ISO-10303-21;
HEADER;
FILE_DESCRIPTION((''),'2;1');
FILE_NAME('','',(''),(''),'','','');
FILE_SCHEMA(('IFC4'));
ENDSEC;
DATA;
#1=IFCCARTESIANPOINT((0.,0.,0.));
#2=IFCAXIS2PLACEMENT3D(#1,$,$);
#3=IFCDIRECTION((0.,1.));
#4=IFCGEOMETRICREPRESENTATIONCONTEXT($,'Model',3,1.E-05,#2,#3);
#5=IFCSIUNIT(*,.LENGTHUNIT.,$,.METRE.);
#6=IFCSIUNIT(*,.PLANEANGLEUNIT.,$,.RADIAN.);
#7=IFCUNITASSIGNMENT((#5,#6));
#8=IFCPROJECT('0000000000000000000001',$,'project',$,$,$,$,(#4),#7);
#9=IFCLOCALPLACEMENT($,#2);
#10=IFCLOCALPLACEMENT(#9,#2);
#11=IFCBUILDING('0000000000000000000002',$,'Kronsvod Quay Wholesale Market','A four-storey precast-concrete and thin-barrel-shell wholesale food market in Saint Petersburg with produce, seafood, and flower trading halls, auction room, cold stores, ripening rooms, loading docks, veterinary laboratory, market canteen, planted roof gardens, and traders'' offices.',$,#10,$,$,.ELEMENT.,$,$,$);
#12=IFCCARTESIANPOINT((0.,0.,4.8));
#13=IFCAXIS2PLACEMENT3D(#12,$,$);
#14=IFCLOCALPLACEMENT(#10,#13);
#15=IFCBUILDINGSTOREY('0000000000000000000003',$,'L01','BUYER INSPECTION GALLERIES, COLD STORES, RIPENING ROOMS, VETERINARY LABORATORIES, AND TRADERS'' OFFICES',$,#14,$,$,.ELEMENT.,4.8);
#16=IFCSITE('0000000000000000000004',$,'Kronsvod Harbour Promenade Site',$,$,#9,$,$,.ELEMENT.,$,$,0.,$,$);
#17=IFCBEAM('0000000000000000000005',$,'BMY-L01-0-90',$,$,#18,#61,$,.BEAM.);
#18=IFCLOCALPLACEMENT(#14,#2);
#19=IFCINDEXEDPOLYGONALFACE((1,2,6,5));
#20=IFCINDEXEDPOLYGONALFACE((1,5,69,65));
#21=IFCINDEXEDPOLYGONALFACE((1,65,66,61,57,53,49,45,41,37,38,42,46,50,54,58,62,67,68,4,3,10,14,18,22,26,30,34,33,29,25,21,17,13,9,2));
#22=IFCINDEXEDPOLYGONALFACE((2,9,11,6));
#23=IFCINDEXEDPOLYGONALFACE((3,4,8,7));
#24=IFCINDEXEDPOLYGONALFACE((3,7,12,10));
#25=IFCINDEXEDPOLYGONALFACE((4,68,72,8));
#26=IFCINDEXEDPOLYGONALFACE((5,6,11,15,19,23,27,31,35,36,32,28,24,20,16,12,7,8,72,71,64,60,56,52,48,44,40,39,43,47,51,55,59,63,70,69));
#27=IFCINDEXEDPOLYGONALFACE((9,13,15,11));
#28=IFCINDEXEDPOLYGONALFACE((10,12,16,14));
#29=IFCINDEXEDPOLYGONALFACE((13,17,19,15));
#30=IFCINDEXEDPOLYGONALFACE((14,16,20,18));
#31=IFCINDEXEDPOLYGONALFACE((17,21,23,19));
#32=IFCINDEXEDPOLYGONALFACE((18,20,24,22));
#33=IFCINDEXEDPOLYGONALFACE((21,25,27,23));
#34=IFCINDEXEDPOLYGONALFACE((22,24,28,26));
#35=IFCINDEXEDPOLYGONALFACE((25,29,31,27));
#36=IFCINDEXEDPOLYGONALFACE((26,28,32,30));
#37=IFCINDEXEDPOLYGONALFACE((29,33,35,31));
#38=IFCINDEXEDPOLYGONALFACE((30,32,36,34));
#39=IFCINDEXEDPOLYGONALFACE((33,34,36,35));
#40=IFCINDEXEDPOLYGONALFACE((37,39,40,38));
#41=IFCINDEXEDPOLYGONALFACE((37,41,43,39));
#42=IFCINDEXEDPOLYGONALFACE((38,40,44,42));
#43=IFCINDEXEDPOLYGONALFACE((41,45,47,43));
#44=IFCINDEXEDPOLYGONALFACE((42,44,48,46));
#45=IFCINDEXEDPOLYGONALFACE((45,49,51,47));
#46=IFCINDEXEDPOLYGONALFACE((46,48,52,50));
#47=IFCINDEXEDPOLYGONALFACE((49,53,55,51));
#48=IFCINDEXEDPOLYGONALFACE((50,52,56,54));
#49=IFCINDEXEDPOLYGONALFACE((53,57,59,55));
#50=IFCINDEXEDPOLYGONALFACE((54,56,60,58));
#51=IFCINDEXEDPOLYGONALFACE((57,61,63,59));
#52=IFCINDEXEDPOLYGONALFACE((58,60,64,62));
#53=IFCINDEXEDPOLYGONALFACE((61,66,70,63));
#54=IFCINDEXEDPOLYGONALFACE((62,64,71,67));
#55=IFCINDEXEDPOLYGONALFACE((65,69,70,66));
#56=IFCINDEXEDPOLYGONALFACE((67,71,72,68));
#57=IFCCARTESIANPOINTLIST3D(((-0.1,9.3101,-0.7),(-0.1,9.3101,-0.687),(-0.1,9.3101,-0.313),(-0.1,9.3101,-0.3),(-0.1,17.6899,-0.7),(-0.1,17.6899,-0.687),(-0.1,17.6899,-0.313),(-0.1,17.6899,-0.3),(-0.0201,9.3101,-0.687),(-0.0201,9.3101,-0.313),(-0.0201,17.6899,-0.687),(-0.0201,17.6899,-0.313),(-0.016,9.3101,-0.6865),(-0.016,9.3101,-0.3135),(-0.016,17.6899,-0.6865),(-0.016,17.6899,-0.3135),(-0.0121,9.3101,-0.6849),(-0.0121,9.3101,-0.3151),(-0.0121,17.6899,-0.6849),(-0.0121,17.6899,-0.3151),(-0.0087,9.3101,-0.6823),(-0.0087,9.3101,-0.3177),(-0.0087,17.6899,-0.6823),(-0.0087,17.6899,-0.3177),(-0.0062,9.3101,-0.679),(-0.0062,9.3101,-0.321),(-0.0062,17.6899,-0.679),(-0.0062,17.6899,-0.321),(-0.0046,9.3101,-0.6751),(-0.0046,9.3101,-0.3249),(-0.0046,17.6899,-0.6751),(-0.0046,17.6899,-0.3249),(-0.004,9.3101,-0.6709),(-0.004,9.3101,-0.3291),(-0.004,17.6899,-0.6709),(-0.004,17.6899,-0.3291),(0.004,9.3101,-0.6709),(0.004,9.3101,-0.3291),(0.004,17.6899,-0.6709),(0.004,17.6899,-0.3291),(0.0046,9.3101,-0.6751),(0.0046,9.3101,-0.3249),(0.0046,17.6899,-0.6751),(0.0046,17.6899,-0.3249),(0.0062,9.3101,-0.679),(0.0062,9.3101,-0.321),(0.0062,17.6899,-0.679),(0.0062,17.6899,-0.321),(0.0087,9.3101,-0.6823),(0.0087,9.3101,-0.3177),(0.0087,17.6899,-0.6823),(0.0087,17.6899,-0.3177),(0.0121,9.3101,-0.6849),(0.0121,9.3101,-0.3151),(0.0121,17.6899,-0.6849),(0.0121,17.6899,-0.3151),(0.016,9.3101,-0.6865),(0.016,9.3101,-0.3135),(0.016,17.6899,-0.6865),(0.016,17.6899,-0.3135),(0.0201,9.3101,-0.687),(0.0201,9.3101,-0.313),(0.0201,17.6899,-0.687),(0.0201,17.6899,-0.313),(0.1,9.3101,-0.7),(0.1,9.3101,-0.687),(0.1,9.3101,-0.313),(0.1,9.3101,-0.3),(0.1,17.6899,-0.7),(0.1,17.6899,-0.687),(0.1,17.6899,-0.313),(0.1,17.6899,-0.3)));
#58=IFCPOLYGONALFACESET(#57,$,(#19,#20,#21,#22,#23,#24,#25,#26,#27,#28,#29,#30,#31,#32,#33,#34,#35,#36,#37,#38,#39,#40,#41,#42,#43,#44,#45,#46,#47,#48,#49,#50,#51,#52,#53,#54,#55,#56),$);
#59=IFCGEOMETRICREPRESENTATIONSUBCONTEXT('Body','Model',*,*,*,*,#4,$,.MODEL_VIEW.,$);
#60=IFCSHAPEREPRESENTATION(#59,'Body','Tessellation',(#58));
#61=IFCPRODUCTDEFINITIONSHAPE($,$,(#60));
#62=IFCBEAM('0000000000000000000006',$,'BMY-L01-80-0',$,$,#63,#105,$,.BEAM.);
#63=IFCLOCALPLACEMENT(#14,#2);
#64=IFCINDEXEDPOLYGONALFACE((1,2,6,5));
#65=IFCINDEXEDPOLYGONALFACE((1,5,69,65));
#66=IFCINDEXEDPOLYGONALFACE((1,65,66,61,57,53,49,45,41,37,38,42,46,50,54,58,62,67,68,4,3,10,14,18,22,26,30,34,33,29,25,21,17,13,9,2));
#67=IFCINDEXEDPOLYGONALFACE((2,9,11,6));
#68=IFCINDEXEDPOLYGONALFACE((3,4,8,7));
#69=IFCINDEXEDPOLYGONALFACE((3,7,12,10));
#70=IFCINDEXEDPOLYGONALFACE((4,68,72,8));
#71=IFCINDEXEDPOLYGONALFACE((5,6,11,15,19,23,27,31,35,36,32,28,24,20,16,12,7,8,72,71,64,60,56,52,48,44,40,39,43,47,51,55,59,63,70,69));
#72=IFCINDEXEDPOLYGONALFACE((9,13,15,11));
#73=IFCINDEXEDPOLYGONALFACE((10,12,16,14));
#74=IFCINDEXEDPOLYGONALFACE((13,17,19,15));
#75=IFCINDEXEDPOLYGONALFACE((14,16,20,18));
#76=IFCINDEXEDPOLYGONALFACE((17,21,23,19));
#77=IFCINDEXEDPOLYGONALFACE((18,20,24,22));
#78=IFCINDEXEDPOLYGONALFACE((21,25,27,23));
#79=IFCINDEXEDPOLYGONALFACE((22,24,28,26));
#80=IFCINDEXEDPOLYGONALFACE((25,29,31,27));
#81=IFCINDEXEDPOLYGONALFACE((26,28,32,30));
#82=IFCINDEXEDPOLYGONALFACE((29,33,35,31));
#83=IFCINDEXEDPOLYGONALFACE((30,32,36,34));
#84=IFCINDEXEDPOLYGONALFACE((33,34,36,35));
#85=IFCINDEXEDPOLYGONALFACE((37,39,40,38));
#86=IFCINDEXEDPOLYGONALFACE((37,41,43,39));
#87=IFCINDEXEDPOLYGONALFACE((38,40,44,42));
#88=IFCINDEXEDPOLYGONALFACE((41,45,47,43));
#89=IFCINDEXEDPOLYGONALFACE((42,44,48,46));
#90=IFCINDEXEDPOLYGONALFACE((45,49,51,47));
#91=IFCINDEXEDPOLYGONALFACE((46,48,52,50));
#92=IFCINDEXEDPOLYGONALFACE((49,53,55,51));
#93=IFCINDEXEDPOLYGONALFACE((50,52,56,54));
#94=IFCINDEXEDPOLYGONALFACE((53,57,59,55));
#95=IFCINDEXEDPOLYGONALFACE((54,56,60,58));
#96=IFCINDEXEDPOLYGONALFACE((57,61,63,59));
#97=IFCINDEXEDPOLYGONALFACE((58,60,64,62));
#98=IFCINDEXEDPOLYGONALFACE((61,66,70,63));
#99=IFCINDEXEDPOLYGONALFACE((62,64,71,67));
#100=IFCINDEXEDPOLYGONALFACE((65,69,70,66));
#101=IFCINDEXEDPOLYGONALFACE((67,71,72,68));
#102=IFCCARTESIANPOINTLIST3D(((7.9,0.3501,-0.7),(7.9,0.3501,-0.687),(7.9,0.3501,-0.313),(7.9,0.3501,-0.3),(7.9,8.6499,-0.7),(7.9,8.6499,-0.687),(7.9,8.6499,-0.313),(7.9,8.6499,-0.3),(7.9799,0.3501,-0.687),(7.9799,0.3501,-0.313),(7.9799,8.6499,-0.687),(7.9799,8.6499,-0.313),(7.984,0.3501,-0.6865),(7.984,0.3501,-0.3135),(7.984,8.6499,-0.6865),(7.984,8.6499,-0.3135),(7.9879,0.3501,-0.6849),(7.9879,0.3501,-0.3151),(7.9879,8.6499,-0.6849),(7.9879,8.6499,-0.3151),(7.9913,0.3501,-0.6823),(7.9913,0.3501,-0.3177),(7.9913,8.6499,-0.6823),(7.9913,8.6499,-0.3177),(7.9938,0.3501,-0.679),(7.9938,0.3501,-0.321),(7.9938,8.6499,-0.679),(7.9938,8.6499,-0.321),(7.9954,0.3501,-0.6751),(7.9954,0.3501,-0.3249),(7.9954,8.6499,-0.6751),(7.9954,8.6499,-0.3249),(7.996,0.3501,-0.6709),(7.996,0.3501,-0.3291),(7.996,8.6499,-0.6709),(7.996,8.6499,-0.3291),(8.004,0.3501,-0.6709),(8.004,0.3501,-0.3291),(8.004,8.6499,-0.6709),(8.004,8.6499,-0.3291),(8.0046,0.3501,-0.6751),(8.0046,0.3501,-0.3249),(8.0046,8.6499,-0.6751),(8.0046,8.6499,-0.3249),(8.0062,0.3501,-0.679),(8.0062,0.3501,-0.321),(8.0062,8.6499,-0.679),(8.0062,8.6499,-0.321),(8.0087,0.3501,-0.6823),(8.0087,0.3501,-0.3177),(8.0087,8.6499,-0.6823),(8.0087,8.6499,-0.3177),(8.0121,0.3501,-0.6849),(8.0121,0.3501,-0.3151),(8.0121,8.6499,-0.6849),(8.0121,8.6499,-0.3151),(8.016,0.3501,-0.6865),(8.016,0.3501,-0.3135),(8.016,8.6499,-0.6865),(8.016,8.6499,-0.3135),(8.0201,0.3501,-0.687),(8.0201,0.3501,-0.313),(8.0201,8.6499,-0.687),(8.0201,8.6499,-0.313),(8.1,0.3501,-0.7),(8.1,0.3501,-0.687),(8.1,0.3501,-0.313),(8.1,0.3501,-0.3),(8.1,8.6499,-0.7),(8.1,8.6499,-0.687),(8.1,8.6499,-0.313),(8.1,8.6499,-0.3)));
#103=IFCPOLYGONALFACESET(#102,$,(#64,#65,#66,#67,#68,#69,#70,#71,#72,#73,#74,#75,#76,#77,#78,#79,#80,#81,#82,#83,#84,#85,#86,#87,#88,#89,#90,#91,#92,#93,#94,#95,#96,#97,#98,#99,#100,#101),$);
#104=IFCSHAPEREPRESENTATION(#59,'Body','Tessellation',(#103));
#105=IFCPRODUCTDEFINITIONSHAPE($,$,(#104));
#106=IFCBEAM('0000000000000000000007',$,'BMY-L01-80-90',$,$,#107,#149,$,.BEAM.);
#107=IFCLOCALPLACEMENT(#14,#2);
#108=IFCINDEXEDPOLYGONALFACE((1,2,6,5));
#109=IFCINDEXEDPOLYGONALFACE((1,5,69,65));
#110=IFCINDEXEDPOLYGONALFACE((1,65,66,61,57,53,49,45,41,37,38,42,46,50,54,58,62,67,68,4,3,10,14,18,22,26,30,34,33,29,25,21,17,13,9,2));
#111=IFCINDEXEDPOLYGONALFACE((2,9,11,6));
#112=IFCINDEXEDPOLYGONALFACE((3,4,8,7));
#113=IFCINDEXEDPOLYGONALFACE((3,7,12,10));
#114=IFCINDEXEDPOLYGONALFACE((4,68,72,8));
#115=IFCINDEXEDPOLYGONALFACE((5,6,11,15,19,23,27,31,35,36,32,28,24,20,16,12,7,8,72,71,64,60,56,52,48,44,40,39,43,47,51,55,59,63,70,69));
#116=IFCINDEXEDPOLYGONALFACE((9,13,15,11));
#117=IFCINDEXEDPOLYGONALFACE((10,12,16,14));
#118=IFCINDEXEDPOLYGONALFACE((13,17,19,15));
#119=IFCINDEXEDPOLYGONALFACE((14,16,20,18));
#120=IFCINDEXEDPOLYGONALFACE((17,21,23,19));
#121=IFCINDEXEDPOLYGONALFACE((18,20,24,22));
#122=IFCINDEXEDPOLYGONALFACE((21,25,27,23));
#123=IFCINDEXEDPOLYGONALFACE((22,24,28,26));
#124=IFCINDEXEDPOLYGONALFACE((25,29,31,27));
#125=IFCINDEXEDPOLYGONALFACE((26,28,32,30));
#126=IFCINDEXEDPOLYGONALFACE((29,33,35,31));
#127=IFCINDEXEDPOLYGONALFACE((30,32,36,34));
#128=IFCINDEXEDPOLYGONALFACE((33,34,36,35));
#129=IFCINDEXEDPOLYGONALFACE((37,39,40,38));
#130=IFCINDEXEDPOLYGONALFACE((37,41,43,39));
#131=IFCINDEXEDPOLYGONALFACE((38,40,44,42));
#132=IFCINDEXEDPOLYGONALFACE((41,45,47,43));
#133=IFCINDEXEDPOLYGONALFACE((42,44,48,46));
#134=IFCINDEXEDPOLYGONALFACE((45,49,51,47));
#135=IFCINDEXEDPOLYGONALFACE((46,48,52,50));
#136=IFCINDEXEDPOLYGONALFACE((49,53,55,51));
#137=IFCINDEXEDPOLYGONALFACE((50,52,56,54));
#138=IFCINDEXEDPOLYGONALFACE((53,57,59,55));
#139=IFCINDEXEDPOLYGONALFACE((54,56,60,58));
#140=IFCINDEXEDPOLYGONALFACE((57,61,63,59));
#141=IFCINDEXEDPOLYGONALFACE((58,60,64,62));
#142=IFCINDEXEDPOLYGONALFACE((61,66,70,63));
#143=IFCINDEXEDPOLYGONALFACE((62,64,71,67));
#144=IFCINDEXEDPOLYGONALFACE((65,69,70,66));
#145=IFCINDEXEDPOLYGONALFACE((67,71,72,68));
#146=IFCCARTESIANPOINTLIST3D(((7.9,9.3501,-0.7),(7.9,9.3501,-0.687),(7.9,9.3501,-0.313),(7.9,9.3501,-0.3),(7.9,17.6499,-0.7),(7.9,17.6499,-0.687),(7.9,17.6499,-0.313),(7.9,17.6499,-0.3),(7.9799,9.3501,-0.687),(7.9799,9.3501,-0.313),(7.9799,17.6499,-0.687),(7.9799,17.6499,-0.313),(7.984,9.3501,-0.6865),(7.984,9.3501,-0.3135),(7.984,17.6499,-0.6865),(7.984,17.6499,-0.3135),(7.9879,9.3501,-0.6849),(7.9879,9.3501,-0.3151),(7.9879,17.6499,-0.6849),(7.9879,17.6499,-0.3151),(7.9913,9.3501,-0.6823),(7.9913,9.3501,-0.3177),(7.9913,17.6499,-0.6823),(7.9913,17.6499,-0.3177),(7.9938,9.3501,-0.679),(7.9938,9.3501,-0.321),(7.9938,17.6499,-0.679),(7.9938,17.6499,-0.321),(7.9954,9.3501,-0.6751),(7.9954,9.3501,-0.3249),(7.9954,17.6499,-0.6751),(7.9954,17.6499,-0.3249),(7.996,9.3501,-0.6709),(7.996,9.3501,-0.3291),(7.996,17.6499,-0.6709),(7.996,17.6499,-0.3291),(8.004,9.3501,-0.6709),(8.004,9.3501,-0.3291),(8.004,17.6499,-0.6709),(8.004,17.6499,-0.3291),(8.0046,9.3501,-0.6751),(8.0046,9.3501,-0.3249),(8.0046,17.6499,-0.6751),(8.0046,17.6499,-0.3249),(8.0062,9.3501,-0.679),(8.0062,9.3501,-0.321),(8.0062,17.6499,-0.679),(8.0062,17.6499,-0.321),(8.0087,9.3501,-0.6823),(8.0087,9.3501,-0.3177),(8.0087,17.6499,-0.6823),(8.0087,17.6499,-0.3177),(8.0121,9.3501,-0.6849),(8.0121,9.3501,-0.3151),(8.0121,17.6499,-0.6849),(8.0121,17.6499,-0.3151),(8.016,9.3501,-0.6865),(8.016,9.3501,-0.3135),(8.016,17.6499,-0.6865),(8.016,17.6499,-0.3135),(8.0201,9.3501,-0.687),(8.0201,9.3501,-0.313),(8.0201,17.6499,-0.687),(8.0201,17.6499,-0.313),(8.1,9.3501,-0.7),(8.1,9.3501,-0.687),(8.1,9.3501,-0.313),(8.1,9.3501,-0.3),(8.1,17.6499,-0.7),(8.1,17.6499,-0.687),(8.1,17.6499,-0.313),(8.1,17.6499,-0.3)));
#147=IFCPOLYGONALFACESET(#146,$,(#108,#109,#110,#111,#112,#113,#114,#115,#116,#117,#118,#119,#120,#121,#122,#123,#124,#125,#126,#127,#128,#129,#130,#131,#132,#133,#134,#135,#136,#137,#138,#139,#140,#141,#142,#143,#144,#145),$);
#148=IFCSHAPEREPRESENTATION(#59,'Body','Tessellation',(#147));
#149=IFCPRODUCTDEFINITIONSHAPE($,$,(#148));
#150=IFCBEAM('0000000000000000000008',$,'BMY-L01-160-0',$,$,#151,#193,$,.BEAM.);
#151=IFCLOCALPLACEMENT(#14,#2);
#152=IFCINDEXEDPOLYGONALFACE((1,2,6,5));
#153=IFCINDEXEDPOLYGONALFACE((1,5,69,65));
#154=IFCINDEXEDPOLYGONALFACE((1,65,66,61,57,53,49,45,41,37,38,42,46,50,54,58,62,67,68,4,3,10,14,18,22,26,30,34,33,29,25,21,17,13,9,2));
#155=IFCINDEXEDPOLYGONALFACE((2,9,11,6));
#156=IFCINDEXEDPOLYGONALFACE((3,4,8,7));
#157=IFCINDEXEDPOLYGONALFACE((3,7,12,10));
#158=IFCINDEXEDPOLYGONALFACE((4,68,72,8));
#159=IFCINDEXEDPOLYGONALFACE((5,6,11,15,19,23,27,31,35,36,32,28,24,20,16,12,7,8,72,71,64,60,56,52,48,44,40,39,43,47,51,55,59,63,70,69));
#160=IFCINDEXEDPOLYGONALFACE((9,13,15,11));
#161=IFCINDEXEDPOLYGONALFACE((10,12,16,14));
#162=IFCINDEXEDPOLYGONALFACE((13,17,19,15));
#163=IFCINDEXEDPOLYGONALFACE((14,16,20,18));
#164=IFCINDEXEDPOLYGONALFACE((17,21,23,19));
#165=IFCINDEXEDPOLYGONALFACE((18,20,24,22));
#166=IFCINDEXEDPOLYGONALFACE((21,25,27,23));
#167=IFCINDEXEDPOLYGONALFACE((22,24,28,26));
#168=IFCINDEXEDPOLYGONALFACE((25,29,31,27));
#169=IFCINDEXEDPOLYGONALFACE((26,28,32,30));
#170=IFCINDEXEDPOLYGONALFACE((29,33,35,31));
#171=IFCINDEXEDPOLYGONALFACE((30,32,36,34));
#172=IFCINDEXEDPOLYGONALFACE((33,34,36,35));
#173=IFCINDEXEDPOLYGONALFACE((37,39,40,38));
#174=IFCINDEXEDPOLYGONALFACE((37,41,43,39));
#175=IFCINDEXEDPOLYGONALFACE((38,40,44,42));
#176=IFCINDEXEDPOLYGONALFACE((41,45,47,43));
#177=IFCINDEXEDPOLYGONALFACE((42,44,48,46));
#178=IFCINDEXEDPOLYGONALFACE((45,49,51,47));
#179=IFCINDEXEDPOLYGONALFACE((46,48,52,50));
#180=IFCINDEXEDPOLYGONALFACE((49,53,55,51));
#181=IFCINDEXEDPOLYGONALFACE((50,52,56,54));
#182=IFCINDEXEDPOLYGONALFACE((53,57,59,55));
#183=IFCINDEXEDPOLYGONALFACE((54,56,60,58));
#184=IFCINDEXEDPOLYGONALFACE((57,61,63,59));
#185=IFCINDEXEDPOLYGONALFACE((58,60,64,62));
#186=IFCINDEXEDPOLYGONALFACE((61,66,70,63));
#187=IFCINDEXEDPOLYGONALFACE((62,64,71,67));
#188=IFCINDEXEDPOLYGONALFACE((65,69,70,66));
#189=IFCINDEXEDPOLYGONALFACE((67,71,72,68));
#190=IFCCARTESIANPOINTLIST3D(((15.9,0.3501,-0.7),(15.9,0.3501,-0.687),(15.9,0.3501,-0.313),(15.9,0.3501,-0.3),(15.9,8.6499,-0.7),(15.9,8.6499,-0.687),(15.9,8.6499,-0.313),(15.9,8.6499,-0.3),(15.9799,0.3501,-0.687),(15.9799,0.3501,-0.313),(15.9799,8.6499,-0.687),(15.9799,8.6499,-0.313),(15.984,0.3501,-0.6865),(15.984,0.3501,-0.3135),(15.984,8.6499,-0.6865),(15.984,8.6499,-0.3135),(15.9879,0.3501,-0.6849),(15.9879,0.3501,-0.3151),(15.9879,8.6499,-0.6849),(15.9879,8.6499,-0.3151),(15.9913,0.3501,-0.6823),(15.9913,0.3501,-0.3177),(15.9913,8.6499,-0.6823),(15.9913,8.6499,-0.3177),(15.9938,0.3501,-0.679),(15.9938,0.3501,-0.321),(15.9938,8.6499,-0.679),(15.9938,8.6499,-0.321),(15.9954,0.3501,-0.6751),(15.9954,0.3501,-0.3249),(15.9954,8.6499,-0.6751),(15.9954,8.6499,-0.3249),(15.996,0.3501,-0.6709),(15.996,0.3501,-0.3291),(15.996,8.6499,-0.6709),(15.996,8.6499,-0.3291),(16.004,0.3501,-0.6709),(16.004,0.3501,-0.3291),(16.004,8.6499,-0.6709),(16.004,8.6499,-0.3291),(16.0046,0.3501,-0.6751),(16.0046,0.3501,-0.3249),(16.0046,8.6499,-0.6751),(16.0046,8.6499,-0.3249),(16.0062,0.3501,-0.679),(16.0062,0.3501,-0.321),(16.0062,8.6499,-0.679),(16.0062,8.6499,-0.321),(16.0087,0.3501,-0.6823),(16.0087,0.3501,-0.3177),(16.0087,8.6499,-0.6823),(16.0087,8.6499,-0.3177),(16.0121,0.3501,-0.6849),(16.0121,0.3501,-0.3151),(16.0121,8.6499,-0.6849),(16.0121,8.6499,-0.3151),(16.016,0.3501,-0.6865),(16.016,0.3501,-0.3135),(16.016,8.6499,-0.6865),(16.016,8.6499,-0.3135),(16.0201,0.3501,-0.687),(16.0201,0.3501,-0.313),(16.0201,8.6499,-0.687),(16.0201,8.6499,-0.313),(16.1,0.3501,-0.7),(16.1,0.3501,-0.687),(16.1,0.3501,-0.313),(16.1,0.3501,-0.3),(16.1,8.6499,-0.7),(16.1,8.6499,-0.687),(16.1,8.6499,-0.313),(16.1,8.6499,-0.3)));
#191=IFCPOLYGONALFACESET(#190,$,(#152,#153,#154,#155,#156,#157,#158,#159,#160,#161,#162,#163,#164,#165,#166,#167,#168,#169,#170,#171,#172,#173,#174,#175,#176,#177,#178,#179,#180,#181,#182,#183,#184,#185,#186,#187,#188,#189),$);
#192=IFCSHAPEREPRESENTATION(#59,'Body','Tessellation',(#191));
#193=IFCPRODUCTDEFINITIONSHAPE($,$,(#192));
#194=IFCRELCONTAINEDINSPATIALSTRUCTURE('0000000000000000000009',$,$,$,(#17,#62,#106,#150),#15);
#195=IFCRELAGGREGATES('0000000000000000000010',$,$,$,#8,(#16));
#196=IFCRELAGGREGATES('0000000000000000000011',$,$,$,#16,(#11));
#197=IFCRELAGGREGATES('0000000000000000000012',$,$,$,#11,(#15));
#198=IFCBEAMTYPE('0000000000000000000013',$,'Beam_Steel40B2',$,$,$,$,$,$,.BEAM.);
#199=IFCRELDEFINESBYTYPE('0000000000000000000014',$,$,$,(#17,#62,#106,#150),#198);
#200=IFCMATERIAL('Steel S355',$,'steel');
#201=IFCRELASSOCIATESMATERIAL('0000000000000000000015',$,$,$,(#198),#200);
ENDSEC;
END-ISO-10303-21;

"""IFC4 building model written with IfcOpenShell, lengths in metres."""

from ifc_helpers import new_model, si_unit, direction, frame, origin, origin_2d, place, context, subcontext, project, spatial, i_section, extrude, material, material_profile, profile_set, type_object, element, save


model = new_model("IFC4")

# Units and contexts
model_context = context("Model", 3, precision=1e-05, world=origin(), true_north=direction((0.0, 1.0)))
body_context = subcontext(model_context, "Body", "Model", "MODEL_VIEW")
ifc_project = project(units=[si_unit("LENGTHUNIT", "METRE"), si_unit("PLANEANGLEUNIT", "RADIAN")], contexts=[model_context])

# Site, building, storey
site_placement = place(None, origin())
site = spatial("IfcSite", under=ifc_project, at=site_placement, Name="Kronsvod Harbour Promenade Site", CompositionType="ELEMENT", RefElevation=0.0)
building_placement = place(site_placement, origin())
building = spatial("IfcBuilding", under=site, at=building_placement, Name="Kronsvod Quay Wholesale Market", Description="A four-storey precast-concrete and thin-barrel-shell wholesale food market in Saint Petersburg with produce, seafood, and flower trading halls, auction room, cold stores, ripening rooms, loading docks, veterinary laboratory, market canteen, planted roof gardens, and traders' offices.", CompositionType="ELEMENT")
storey_placement = place(building_placement, frame((0.0, 0.0, 4.8)))
storey = spatial("IfcBuildingStorey", under=building, at=storey_placement, Name="L01", Description="BUYER INSPECTION GALLERIES, COLD STORES, RIPENING ROOMS, VETERINARY LABORATORIES, AND TRADERS' OFFICES", CompositionType="ELEMENT", Elevation=4.8)

# Beams
ifc_material_1 = material(Name="Steel S355", Category="steel")
ifc_material_profile_1 = material_profile(ifc_material_1, i_section(OverallWidth=0.2, OverallDepth=0.3999, WebThickness=0.0081, FlangeThickness=0.0129, FilletRadius=0.0161, at=origin_2d()), Name="40B2")
ifc_profile_set_1 = profile_set([ifc_material_profile_1], Name="Steel S355")
beam_type_1 = type_object("IfcBeamType", Name="Beam_Steel40B2", PredefinedType="BEAM", material=ifc_profile_set_1)
for number, where, z_axis, x_axis, name in (
    (1, (0.0, 9.3101, -0.5), (0.0, 1.0, 0.0), (-1.0, 0.0, 0.0), "BMY-L01-0-90"),
):
    element("IfcBeam", number, at=place(storey_placement, frame(where, z_axis=z_axis, x_axis=x_axis)), inside=storey, type_object=beam_type_1, Name=name, PredefinedType="BEAM", context=body_context, shape_type="SweptSolid", body=[
        extrude(i_section(OverallWidth=0.2, OverallDepth=0.3999, WebThickness=0.0081, FlangeThickness=0.0129, FilletRadius=0.0161, at=origin_2d()), origin(), (0.0, 0.0, 1.0), 8.3799),
    ])
for number, where, z_axis, x_axis, name in (
    (2, (8.0, 0.3501, -0.5), (0.0, 1.0, 0.0), (-1.0, 0.0, 0.0), "BMY-L01-80-0"),
    (3, (8.0, 9.3501, -0.5), (0.0, 1.0, 0.0), (-1.0, 0.0, 0.0), "BMY-L01-80-90"),
    (4, (16.0, 0.3501, -0.5), (0.0, 1.0, 0.0), (-1.0, 0.0, 0.0), "BMY-L01-160-0"),
):
    element("IfcBeam", number, at=place(storey_placement, frame(where, z_axis=z_axis, x_axis=x_axis)), inside=storey, type_object=beam_type_1, Name=name, PredefinedType="BEAM", context=body_context, shape_type="SweptSolid", body=[
        extrude(i_section(OverallWidth=0.2, OverallDepth=0.3999, WebThickness=0.0081, FlangeThickness=0.0129, FilletRadius=0.0161, at=origin_2d()), origin(), (0.0, 0.0, 1.0), 8.2998),
    ])

save(model, "model.ifc")
